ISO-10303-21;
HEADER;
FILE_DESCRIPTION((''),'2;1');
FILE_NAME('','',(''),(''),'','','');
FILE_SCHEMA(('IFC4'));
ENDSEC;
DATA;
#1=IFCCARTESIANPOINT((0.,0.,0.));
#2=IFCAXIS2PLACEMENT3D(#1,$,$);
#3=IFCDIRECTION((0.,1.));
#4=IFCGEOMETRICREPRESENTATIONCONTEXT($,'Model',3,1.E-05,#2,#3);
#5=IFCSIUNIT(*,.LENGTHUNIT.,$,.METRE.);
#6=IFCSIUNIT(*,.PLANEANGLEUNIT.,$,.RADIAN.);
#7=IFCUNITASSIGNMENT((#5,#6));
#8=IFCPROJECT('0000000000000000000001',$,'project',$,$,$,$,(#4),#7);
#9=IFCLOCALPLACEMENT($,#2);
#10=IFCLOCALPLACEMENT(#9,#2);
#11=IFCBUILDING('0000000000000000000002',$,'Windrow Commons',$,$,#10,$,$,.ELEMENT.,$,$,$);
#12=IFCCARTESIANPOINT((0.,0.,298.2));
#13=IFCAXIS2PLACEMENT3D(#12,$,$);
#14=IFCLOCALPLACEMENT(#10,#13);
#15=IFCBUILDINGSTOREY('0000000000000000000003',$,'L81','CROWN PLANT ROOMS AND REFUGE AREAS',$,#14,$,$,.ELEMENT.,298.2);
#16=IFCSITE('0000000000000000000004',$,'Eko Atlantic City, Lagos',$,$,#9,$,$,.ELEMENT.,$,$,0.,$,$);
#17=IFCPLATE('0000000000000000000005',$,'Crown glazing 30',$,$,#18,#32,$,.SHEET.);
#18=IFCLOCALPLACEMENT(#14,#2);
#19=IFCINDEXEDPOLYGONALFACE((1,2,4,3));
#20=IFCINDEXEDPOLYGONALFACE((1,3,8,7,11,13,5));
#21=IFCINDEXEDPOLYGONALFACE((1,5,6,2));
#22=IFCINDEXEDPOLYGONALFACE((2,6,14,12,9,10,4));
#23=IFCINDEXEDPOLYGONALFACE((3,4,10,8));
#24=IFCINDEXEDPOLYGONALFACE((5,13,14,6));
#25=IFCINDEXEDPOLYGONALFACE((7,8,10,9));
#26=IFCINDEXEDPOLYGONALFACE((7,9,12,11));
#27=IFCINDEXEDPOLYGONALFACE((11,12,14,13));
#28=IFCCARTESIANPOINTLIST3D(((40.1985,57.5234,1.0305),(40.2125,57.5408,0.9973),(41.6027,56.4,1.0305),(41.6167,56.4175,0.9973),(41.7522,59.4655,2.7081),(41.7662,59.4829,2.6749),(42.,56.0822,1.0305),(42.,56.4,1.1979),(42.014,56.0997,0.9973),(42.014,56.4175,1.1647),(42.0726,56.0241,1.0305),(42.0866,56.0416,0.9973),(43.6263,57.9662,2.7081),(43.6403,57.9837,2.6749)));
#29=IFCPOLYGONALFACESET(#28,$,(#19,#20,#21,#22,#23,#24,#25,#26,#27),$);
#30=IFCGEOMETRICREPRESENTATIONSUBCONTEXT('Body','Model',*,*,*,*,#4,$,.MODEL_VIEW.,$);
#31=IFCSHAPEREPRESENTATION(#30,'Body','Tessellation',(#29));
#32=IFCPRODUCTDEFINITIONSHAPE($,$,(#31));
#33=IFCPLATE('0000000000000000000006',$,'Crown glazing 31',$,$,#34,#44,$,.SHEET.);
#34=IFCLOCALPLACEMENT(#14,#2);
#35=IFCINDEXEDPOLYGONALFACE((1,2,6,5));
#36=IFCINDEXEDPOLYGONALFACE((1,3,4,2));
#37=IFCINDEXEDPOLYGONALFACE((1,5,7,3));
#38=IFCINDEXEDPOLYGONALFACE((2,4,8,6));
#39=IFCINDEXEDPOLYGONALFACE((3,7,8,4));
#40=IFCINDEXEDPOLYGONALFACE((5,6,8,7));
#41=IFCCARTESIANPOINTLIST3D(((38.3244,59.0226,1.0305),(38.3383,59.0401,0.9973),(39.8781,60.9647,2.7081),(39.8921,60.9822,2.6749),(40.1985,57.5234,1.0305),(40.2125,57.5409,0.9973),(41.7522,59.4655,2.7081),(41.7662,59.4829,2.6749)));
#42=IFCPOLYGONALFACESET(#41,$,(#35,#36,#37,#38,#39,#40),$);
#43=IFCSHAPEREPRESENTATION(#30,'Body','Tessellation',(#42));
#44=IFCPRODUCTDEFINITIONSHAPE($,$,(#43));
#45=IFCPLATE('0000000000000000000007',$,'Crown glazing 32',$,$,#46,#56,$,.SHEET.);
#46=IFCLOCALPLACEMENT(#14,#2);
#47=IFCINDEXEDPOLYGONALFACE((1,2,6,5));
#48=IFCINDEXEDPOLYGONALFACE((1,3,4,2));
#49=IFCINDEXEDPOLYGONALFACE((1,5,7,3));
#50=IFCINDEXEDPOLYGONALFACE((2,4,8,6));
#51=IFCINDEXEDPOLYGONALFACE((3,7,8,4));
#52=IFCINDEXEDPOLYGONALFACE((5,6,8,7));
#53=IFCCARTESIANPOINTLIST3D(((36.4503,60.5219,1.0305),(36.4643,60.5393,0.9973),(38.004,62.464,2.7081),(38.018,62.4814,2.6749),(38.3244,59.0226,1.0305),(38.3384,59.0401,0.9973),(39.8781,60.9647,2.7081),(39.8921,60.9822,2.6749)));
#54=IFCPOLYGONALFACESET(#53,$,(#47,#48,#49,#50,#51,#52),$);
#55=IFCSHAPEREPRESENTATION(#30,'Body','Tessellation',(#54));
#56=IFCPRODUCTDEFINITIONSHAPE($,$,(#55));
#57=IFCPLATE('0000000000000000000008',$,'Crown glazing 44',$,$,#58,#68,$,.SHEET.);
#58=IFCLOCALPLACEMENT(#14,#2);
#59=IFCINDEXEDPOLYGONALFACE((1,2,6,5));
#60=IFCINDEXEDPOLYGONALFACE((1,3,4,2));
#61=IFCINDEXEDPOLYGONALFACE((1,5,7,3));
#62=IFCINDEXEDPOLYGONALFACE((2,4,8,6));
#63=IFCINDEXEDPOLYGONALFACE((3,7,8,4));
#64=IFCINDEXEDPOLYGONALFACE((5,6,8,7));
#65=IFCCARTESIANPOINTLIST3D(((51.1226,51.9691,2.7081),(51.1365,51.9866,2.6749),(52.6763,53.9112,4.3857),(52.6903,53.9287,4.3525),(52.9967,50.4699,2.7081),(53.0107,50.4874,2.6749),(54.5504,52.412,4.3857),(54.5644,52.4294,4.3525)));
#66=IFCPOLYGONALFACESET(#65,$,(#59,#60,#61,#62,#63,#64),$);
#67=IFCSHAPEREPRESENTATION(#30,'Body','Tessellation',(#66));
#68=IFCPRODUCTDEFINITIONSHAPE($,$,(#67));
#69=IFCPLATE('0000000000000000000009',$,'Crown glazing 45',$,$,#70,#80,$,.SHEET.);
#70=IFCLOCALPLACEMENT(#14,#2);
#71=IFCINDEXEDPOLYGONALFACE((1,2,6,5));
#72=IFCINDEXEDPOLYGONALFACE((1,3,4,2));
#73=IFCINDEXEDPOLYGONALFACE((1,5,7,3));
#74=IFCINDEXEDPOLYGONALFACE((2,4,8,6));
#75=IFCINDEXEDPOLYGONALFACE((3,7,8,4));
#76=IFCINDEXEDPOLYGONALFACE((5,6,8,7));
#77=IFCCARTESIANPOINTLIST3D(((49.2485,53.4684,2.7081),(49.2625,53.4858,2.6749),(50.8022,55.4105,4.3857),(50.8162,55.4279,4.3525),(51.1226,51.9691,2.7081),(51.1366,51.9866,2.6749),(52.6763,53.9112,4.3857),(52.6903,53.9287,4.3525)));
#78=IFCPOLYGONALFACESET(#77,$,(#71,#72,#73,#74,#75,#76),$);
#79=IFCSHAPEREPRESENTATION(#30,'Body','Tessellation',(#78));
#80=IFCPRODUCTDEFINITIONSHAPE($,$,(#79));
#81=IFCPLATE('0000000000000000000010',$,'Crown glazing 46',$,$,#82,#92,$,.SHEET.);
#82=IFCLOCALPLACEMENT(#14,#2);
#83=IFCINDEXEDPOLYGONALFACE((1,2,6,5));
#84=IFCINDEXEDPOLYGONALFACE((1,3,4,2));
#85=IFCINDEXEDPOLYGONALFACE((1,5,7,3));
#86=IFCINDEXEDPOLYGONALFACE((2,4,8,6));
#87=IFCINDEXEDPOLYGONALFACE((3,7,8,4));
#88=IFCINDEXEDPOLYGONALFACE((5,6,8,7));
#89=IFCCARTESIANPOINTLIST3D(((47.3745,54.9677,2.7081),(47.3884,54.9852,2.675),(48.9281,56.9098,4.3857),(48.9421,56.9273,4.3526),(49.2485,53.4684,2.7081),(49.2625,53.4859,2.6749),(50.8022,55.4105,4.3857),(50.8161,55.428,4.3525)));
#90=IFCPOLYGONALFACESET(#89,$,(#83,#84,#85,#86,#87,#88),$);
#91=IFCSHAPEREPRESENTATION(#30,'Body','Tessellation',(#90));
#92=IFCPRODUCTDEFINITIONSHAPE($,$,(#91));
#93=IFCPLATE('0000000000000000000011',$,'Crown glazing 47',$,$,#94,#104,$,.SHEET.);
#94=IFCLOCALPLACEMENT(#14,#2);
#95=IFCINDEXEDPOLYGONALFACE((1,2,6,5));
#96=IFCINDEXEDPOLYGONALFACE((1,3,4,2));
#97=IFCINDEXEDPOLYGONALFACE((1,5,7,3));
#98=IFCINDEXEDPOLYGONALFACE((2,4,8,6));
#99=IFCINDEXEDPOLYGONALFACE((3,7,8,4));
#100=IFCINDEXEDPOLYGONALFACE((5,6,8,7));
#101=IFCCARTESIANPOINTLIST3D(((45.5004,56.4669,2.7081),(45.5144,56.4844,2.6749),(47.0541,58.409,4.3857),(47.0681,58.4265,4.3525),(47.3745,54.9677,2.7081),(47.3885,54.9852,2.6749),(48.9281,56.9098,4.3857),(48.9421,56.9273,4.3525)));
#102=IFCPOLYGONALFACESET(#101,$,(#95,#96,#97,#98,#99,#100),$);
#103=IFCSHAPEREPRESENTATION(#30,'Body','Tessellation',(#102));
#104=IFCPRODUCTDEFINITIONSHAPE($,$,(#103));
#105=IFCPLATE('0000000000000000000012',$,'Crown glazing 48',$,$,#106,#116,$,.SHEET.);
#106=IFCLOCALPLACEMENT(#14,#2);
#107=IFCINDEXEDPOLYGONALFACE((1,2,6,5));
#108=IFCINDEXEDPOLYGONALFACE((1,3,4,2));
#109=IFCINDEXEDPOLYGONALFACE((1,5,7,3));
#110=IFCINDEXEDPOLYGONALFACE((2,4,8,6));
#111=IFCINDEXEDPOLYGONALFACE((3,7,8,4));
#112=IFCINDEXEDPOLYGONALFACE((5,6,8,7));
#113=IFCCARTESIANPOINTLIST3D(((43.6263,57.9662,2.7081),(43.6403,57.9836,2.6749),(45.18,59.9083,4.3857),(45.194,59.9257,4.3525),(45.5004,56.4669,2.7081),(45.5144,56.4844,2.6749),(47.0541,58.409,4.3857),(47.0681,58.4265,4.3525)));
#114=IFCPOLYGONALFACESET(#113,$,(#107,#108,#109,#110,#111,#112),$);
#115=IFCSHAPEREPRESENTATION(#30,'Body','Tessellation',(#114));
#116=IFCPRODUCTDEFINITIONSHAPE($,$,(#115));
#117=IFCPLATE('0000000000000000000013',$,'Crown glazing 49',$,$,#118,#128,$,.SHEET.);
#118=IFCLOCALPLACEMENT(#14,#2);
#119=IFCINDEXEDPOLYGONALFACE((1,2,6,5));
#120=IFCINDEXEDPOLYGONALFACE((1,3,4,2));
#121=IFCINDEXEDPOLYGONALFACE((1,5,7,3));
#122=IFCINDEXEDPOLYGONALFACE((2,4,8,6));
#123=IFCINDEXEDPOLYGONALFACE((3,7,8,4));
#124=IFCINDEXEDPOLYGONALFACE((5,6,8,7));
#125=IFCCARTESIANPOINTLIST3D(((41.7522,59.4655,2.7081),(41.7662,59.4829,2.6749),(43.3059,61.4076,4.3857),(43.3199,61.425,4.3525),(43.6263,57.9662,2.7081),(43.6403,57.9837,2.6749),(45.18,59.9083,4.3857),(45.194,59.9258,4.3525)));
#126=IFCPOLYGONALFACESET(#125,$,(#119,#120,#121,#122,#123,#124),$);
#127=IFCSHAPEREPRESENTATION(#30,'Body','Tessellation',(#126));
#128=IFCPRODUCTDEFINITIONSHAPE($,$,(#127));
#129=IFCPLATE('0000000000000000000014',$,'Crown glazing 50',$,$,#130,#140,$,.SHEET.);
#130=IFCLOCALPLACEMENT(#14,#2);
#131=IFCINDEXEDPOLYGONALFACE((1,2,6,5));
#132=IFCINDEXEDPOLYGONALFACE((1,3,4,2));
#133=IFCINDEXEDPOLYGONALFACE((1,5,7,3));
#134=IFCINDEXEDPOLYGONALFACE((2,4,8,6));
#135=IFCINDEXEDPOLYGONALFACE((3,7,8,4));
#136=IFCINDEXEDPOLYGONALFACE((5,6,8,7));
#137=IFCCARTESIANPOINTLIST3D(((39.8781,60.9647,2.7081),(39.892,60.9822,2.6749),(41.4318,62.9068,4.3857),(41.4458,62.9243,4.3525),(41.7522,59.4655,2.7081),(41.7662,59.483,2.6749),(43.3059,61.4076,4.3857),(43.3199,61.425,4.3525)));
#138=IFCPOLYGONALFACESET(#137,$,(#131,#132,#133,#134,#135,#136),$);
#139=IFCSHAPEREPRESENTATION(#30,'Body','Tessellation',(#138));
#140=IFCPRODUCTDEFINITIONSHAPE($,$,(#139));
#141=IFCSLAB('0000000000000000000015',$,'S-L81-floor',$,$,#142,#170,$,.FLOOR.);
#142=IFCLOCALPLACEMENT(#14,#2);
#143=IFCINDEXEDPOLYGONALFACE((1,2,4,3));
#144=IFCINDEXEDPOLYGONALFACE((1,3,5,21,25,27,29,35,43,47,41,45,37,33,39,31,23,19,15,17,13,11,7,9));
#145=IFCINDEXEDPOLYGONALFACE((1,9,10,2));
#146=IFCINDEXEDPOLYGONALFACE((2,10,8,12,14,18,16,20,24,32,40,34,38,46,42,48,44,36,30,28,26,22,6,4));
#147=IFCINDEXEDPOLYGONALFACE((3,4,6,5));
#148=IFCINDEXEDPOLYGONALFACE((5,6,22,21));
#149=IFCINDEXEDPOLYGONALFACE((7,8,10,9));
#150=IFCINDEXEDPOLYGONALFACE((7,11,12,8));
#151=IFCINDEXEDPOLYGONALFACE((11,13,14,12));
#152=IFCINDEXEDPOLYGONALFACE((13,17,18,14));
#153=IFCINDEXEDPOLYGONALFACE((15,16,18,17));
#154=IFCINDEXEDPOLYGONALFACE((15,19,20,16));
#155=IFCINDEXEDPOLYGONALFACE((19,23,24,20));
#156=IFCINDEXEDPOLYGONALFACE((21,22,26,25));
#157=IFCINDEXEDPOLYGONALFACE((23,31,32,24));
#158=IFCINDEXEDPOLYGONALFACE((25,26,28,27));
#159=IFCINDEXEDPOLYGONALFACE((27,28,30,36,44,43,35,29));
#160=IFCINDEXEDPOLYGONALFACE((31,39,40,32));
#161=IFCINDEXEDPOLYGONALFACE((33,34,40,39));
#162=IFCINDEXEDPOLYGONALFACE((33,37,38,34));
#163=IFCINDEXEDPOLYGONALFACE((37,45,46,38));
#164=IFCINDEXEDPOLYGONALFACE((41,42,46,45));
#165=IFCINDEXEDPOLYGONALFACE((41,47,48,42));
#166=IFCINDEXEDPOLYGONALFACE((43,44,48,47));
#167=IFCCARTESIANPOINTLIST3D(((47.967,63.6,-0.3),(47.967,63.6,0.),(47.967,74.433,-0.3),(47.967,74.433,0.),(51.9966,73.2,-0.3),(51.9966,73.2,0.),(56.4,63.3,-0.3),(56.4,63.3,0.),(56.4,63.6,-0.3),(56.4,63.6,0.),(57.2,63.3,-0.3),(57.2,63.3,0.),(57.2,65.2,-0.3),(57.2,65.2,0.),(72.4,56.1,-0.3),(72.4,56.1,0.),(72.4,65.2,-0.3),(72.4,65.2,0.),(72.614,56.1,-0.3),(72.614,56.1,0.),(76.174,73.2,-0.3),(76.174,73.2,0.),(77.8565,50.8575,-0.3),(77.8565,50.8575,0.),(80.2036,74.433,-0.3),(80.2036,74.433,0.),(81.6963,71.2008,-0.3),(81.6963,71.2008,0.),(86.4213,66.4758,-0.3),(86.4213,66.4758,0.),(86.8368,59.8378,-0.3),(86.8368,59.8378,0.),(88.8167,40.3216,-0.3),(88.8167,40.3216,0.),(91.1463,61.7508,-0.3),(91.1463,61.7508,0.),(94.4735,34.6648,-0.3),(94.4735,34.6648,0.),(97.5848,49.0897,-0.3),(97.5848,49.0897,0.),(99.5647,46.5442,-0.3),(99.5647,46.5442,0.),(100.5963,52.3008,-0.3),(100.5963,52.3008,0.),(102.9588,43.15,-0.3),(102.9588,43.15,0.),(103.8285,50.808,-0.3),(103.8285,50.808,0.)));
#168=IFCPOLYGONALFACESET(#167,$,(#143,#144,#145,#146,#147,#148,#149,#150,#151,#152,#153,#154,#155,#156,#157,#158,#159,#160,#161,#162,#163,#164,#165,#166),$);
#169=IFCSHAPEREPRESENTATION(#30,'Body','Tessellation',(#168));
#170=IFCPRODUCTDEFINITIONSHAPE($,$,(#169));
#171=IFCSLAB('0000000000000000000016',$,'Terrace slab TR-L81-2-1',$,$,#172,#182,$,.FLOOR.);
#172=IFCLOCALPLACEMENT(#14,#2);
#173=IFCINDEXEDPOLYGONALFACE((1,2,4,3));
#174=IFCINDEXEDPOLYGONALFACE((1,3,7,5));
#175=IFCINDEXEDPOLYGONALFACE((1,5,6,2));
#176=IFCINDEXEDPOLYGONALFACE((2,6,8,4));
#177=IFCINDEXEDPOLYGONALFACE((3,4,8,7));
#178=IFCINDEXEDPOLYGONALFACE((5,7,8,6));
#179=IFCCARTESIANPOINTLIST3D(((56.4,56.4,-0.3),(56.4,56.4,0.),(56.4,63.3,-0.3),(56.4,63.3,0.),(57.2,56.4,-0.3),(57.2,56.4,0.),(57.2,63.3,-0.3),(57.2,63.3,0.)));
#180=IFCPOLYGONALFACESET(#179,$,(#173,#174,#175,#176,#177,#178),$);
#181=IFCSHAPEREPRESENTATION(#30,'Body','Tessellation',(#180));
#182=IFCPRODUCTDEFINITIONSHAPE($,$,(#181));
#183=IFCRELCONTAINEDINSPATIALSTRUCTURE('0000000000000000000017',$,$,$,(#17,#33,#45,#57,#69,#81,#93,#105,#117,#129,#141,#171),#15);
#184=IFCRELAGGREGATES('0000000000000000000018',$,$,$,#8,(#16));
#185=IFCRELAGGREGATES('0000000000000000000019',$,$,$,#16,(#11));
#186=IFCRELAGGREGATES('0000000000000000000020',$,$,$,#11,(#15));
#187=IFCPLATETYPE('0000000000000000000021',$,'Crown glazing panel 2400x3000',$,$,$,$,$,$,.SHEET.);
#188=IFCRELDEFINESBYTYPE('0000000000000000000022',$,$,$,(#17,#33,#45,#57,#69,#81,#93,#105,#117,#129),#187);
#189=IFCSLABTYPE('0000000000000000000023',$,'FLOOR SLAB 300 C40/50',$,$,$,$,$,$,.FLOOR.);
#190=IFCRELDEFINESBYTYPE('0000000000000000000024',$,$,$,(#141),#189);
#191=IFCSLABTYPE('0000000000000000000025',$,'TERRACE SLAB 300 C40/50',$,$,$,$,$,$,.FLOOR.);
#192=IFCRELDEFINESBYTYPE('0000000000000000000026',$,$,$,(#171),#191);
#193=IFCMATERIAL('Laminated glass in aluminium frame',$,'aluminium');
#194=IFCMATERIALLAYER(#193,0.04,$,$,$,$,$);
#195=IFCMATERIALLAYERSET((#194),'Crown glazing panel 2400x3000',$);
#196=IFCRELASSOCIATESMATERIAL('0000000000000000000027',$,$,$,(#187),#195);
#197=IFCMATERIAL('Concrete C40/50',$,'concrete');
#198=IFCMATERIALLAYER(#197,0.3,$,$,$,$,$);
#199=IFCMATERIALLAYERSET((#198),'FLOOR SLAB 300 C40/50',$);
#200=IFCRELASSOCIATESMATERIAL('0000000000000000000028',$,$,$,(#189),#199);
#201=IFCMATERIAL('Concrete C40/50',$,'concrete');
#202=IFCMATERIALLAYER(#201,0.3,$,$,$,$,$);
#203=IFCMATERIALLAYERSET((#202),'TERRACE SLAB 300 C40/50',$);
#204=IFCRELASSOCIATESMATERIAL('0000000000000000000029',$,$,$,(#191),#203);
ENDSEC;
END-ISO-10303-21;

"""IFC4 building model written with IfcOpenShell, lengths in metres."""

from ifc_helpers import new_model, si_unit, direction, frame, origin, place, context, subcontext, project, spatial, polyline, outline, extrude, material, layer, layer_set, type_object, element, save


model = new_model("IFC4")

# Units and contexts
model_context = context("Model", 3, precision=1e-05, world=origin(), true_north=direction((0.0, 1.0)))
body_context = subcontext(model_context, "Body", "Model", "MODEL_VIEW")
ifc_project = project(units=[si_unit("LENGTHUNIT", "METRE"), si_unit("PLANEANGLEUNIT", "RADIAN")], contexts=[model_context])

# Site, building, storey
site_placement = place(None, origin())
site = spatial("IfcSite", under=ifc_project, at=site_placement, Name="Eko Atlantic City, Lagos", CompositionType="ELEMENT", RefElevation=0.0)
building_placement = place(site_placement, origin())
building = spatial("IfcBuilding", under=site, at=building_placement, Name="Windrow Commons", CompositionType="ELEMENT")
storey_placement = place(building_placement, frame((0.0, 0.0, 298.2)))
storey = spatial("IfcBuildingStorey", under=building, at=storey_placement, Name="L81", Description="CROWN PLANT ROOMS AND REFUGE AREAS", CompositionType="ELEMENT", Elevation=298.2)

# Shared definitions
placement_1 = place(storey_placement, frame((0.0, 0.0, -0.3)))

# Plates
ifc_material_1 = material(Name="Laminated glass in aluminium frame", Category="aluminium")
ifc_layer_1 = layer(ifc_material_1, 0.04)
ifc_layer_set_1 = layer_set([ifc_layer_1], Name="Crown glazing panel 2400x3000")
plate_type = type_object("IfcPlateType", Name="Crown glazing panel 2400x3000", PredefinedType="SHEET", material=ifc_layer_set_1)
plate_1_placement = place(storey_placement, frame((42.0, 56.0822, 1.0305), z_axis=(-0.34933, -0.436656, 0.829035), x_axis=(0.000011, 0.884775, 0.466019)))
element("IfcPlate", 1, at=plate_1_placement, inside=storey, type_object=plate_type, Name="Crown glazing 30", PredefinedType="SHEET", context=body_context, shape_type="SweptSolid", body=[
    extrude(outline(polyline([(0.0, 0.0), (0.3592, 0.0), (0.2812, 0.424), (1.2751, 1.9226), (3.7752, 0.2645), (2.4487, -1.7356), (-0.0514, -0.0775), (0.0, 0.0)])), origin(), (0.0, 0.0, -1.0), 0.04),
])
plate_2_placement = place(storey_placement, frame((40.1985, 57.5234, 1.0305), z_axis=(-0.349317, -0.436669, 0.829034), x_axis=(-0.780885, 0.624675, 0.0)))
element("IfcPlate", 2, at=plate_2_placement, inside=storey, type_object=plate_type, Name="Crown glazing 31", PredefinedType="SHEET", context=body_context, shape_type="SweptSolid", body=[
    extrude(outline(polyline([(0.0, 0.0), (2.4, 0.0), (2.3999, -3.0), (-0.0001, -3.0), (0.0, 0.0)])), origin(), (0.0, 0.0, -1.0), 0.04),
])
plate_3_placement = place(storey_placement, frame((38.3244, 59.0226, 1.0305), z_axis=(-0.349331, -0.436658, 0.829034), x_axis=(-0.780865, 0.6247, 0.0)))
element("IfcPlate", 3, at=plate_3_placement, inside=storey, type_object=plate_type, Name="Crown glazing 32", PredefinedType="SHEET", context=body_context, shape_type="SweptSolid", body=[
    extrude(outline(polyline([(0.0, 0.0), (2.4, 0.0), (2.4, -3.0), (0.0, -3.0), (0.0, 0.0)])), origin(), (0.0, 0.0, -1.0), 0.04),
])
plate_4_placement = place(storey_placement, frame((52.9967, 50.4699, 2.7081), z_axis=(-0.349317, -0.436669, 0.829034), x_axis=(-0.780885, 0.624675, 0.0)))
element("IfcPlate", 4, at=plate_4_placement, inside=storey, type_object=plate_type, Name="Crown glazing 44", PredefinedType="SHEET", context=body_context, shape_type="SweptSolid", body=[
    extrude(outline(polyline([(0.0, 0.0), (2.4, 0.0), (2.3999, -3.0), (-0.0001, -3.0), (0.0, 0.0)])), origin(), (0.0, 0.0, -1.0), 0.04),
])
plate_5_placement = place(storey_placement, frame((51.1226, 51.9691, 2.7081), z_axis=(-0.349331, -0.436658, 0.829034), x_axis=(-0.780865, 0.6247, 0.0)))
element("IfcPlate", 5, at=plate_5_placement, inside=storey, type_object=plate_type, Name="Crown glazing 45", PredefinedType="SHEET", context=body_context, shape_type="SweptSolid", body=[
    extrude(outline(polyline([(0.0, 0.0), (2.4, 0.0), (2.4, -3.0), (0.0, -3.0), (0.0, 0.0)])), origin(), (0.0, 0.0, -1.0), 0.04),
])
plate_6_placement = place(storey_placement, frame((49.2485, 53.4684, 2.7081), z_axis=(-0.349339, -0.436657, 0.829031), x_axis=(-0.780851, 0.624717, 0.000006)))
element("IfcPlate", 6, at=plate_6_placement, inside=storey, type_object=plate_type, Name="Crown glazing 46", PredefinedType="SHEET", context=body_context, shape_type="SweptSolid", body=[
    extrude(outline(polyline([(0.0, 0.0), (2.4, 0.0), (2.4001, -3.0), (0.0001, -3.0), (0.0, 0.0)])), origin(), (0.0, 0.0, -1.0), 0.04),
])
plate_7_placement = place(storey_placement, frame((47.3745, 54.9677, 2.7081), z_axis=(-0.349325, -0.436668, 0.829031), x_axis=(-0.780883, 0.624678, -0.000006)))
element("IfcPlate", 7, at=plate_7_placement, inside=storey, type_object=plate_type, Name="Crown glazing 47", PredefinedType="SHEET", context=body_context, shape_type="SweptSolid", body=[
    extrude(outline(polyline([(0.0, 0.0), (2.4, 0.0), (2.3999, -3.0), (0.0, -3.0), (0.0, 0.0)])), origin(), (0.0, 0.0, -1.0), 0.04),
])
for number, where, z_axis, x_axis, name in (
    (8, (45.5004, 56.4669, 2.7081), (-0.349331, -0.436658, 0.829034), (-0.780865, 0.6247, 0.0), "Crown glazing 48"),
    (9, (43.6263, 57.9662, 2.7081), (-0.349331, -0.436658, 0.829034), (-0.780865, 0.6247, 0.0), "Crown glazing 49"),
):
    element("IfcPlate", number, at=place(storey_placement, frame(where, z_axis=z_axis, x_axis=x_axis)), inside=storey, type_object=plate_type, Name=name, PredefinedType="SHEET", context=body_context, shape_type="SweptSolid", body=[
        extrude(outline(polyline([(0.0, 0.0), (2.4, 0.0), (2.4, -3.0), (0.0, -3.0), (0.0, 0.0)])), origin(), (0.0, 0.0, -1.0), 0.04),
    ])
plate_8_placement = place(storey_placement, frame((41.7522, 59.4655, 2.7081), z_axis=(-0.349317, -0.436669, 0.829034), x_axis=(-0.780885, 0.624675, 0.0)))
element("IfcPlate", 10, at=plate_8_placement, inside=storey, type_object=plate_type, Name="Crown glazing 50", PredefinedType="SHEET", context=body_context, shape_type="SweptSolid", body=[
    extrude(outline(polyline([(0.0, 0.0), (2.4, 0.0), (2.3999, -3.0), (-0.0001, -3.0), (0.0, 0.0)])), origin(), (0.0, 0.0, -1.0), 0.04),
])

# Slabs
ifc_material_2 = material(Name="Concrete C40/50", Category="concrete")
ifc_layer_2 = layer(ifc_material_2, 0.3)
ifc_layer_set_2 = layer_set([ifc_layer_2], Name="FLOOR SLAB 300 C40/50")
slab_type_1 = type_object("IfcSlabType", Name="FLOOR SLAB 300 C40/50", PredefinedType="FLOOR", material=ifc_layer_set_2)
element("IfcSlab", 11, at=placement_1, inside=storey, type_object=slab_type_1, Name="S-L81-floor", PredefinedType="FLOOR", context=body_context, shape_type="SweptSolid", body=[
    extrude(outline(polyline([(51.9966, 73.2), (47.967, 74.433), (47.967, 63.6), (56.4, 63.6), (56.4, 63.3), (57.2, 63.3), (57.2, 65.2), (72.4, 65.2), (72.4, 56.1), (72.614, 56.1), (77.8565, 50.8575), (86.8368, 59.8378), (97.5848, 49.0897), (88.8167, 40.3216), (94.4735, 34.6648), (102.9588, 43.15), (99.5647, 46.5442), (103.8285, 50.808), (100.5963, 52.3008), (91.1463, 61.7508), (86.4213, 66.4758), (81.6963, 71.2008), (80.2036, 74.433), (76.174, 73.2), (51.9966, 73.2)])), origin(), (0.0, 0.0, 1.0), 0.3),
])
ifc_material_3 = material(Name="Concrete C40/50", Category="concrete")
ifc_layer_3 = layer(ifc_material_3, 0.3)
ifc_layer_set_3 = layer_set([ifc_layer_3], Name="TERRACE SLAB 300 C40/50")
slab_type_2 = type_object("IfcSlabType", Name="TERRACE SLAB 300 C40/50", PredefinedType="FLOOR", material=ifc_layer_set_3)
element("IfcSlab", 12, at=placement_1, inside=storey, type_object=slab_type_2, Name="Terrace slab TR-L81-2-1", PredefinedType="FLOOR", context=body_context, shape_type="SweptSolid", body=[
    extrude(outline(polyline([(56.4, 63.3), (56.4, 56.4), (57.2, 56.4), (57.2, 63.3), (56.4, 63.3)])), origin(), (0.0, 0.0, 1.0), 0.3),
])

save(model, "model.ifc")
